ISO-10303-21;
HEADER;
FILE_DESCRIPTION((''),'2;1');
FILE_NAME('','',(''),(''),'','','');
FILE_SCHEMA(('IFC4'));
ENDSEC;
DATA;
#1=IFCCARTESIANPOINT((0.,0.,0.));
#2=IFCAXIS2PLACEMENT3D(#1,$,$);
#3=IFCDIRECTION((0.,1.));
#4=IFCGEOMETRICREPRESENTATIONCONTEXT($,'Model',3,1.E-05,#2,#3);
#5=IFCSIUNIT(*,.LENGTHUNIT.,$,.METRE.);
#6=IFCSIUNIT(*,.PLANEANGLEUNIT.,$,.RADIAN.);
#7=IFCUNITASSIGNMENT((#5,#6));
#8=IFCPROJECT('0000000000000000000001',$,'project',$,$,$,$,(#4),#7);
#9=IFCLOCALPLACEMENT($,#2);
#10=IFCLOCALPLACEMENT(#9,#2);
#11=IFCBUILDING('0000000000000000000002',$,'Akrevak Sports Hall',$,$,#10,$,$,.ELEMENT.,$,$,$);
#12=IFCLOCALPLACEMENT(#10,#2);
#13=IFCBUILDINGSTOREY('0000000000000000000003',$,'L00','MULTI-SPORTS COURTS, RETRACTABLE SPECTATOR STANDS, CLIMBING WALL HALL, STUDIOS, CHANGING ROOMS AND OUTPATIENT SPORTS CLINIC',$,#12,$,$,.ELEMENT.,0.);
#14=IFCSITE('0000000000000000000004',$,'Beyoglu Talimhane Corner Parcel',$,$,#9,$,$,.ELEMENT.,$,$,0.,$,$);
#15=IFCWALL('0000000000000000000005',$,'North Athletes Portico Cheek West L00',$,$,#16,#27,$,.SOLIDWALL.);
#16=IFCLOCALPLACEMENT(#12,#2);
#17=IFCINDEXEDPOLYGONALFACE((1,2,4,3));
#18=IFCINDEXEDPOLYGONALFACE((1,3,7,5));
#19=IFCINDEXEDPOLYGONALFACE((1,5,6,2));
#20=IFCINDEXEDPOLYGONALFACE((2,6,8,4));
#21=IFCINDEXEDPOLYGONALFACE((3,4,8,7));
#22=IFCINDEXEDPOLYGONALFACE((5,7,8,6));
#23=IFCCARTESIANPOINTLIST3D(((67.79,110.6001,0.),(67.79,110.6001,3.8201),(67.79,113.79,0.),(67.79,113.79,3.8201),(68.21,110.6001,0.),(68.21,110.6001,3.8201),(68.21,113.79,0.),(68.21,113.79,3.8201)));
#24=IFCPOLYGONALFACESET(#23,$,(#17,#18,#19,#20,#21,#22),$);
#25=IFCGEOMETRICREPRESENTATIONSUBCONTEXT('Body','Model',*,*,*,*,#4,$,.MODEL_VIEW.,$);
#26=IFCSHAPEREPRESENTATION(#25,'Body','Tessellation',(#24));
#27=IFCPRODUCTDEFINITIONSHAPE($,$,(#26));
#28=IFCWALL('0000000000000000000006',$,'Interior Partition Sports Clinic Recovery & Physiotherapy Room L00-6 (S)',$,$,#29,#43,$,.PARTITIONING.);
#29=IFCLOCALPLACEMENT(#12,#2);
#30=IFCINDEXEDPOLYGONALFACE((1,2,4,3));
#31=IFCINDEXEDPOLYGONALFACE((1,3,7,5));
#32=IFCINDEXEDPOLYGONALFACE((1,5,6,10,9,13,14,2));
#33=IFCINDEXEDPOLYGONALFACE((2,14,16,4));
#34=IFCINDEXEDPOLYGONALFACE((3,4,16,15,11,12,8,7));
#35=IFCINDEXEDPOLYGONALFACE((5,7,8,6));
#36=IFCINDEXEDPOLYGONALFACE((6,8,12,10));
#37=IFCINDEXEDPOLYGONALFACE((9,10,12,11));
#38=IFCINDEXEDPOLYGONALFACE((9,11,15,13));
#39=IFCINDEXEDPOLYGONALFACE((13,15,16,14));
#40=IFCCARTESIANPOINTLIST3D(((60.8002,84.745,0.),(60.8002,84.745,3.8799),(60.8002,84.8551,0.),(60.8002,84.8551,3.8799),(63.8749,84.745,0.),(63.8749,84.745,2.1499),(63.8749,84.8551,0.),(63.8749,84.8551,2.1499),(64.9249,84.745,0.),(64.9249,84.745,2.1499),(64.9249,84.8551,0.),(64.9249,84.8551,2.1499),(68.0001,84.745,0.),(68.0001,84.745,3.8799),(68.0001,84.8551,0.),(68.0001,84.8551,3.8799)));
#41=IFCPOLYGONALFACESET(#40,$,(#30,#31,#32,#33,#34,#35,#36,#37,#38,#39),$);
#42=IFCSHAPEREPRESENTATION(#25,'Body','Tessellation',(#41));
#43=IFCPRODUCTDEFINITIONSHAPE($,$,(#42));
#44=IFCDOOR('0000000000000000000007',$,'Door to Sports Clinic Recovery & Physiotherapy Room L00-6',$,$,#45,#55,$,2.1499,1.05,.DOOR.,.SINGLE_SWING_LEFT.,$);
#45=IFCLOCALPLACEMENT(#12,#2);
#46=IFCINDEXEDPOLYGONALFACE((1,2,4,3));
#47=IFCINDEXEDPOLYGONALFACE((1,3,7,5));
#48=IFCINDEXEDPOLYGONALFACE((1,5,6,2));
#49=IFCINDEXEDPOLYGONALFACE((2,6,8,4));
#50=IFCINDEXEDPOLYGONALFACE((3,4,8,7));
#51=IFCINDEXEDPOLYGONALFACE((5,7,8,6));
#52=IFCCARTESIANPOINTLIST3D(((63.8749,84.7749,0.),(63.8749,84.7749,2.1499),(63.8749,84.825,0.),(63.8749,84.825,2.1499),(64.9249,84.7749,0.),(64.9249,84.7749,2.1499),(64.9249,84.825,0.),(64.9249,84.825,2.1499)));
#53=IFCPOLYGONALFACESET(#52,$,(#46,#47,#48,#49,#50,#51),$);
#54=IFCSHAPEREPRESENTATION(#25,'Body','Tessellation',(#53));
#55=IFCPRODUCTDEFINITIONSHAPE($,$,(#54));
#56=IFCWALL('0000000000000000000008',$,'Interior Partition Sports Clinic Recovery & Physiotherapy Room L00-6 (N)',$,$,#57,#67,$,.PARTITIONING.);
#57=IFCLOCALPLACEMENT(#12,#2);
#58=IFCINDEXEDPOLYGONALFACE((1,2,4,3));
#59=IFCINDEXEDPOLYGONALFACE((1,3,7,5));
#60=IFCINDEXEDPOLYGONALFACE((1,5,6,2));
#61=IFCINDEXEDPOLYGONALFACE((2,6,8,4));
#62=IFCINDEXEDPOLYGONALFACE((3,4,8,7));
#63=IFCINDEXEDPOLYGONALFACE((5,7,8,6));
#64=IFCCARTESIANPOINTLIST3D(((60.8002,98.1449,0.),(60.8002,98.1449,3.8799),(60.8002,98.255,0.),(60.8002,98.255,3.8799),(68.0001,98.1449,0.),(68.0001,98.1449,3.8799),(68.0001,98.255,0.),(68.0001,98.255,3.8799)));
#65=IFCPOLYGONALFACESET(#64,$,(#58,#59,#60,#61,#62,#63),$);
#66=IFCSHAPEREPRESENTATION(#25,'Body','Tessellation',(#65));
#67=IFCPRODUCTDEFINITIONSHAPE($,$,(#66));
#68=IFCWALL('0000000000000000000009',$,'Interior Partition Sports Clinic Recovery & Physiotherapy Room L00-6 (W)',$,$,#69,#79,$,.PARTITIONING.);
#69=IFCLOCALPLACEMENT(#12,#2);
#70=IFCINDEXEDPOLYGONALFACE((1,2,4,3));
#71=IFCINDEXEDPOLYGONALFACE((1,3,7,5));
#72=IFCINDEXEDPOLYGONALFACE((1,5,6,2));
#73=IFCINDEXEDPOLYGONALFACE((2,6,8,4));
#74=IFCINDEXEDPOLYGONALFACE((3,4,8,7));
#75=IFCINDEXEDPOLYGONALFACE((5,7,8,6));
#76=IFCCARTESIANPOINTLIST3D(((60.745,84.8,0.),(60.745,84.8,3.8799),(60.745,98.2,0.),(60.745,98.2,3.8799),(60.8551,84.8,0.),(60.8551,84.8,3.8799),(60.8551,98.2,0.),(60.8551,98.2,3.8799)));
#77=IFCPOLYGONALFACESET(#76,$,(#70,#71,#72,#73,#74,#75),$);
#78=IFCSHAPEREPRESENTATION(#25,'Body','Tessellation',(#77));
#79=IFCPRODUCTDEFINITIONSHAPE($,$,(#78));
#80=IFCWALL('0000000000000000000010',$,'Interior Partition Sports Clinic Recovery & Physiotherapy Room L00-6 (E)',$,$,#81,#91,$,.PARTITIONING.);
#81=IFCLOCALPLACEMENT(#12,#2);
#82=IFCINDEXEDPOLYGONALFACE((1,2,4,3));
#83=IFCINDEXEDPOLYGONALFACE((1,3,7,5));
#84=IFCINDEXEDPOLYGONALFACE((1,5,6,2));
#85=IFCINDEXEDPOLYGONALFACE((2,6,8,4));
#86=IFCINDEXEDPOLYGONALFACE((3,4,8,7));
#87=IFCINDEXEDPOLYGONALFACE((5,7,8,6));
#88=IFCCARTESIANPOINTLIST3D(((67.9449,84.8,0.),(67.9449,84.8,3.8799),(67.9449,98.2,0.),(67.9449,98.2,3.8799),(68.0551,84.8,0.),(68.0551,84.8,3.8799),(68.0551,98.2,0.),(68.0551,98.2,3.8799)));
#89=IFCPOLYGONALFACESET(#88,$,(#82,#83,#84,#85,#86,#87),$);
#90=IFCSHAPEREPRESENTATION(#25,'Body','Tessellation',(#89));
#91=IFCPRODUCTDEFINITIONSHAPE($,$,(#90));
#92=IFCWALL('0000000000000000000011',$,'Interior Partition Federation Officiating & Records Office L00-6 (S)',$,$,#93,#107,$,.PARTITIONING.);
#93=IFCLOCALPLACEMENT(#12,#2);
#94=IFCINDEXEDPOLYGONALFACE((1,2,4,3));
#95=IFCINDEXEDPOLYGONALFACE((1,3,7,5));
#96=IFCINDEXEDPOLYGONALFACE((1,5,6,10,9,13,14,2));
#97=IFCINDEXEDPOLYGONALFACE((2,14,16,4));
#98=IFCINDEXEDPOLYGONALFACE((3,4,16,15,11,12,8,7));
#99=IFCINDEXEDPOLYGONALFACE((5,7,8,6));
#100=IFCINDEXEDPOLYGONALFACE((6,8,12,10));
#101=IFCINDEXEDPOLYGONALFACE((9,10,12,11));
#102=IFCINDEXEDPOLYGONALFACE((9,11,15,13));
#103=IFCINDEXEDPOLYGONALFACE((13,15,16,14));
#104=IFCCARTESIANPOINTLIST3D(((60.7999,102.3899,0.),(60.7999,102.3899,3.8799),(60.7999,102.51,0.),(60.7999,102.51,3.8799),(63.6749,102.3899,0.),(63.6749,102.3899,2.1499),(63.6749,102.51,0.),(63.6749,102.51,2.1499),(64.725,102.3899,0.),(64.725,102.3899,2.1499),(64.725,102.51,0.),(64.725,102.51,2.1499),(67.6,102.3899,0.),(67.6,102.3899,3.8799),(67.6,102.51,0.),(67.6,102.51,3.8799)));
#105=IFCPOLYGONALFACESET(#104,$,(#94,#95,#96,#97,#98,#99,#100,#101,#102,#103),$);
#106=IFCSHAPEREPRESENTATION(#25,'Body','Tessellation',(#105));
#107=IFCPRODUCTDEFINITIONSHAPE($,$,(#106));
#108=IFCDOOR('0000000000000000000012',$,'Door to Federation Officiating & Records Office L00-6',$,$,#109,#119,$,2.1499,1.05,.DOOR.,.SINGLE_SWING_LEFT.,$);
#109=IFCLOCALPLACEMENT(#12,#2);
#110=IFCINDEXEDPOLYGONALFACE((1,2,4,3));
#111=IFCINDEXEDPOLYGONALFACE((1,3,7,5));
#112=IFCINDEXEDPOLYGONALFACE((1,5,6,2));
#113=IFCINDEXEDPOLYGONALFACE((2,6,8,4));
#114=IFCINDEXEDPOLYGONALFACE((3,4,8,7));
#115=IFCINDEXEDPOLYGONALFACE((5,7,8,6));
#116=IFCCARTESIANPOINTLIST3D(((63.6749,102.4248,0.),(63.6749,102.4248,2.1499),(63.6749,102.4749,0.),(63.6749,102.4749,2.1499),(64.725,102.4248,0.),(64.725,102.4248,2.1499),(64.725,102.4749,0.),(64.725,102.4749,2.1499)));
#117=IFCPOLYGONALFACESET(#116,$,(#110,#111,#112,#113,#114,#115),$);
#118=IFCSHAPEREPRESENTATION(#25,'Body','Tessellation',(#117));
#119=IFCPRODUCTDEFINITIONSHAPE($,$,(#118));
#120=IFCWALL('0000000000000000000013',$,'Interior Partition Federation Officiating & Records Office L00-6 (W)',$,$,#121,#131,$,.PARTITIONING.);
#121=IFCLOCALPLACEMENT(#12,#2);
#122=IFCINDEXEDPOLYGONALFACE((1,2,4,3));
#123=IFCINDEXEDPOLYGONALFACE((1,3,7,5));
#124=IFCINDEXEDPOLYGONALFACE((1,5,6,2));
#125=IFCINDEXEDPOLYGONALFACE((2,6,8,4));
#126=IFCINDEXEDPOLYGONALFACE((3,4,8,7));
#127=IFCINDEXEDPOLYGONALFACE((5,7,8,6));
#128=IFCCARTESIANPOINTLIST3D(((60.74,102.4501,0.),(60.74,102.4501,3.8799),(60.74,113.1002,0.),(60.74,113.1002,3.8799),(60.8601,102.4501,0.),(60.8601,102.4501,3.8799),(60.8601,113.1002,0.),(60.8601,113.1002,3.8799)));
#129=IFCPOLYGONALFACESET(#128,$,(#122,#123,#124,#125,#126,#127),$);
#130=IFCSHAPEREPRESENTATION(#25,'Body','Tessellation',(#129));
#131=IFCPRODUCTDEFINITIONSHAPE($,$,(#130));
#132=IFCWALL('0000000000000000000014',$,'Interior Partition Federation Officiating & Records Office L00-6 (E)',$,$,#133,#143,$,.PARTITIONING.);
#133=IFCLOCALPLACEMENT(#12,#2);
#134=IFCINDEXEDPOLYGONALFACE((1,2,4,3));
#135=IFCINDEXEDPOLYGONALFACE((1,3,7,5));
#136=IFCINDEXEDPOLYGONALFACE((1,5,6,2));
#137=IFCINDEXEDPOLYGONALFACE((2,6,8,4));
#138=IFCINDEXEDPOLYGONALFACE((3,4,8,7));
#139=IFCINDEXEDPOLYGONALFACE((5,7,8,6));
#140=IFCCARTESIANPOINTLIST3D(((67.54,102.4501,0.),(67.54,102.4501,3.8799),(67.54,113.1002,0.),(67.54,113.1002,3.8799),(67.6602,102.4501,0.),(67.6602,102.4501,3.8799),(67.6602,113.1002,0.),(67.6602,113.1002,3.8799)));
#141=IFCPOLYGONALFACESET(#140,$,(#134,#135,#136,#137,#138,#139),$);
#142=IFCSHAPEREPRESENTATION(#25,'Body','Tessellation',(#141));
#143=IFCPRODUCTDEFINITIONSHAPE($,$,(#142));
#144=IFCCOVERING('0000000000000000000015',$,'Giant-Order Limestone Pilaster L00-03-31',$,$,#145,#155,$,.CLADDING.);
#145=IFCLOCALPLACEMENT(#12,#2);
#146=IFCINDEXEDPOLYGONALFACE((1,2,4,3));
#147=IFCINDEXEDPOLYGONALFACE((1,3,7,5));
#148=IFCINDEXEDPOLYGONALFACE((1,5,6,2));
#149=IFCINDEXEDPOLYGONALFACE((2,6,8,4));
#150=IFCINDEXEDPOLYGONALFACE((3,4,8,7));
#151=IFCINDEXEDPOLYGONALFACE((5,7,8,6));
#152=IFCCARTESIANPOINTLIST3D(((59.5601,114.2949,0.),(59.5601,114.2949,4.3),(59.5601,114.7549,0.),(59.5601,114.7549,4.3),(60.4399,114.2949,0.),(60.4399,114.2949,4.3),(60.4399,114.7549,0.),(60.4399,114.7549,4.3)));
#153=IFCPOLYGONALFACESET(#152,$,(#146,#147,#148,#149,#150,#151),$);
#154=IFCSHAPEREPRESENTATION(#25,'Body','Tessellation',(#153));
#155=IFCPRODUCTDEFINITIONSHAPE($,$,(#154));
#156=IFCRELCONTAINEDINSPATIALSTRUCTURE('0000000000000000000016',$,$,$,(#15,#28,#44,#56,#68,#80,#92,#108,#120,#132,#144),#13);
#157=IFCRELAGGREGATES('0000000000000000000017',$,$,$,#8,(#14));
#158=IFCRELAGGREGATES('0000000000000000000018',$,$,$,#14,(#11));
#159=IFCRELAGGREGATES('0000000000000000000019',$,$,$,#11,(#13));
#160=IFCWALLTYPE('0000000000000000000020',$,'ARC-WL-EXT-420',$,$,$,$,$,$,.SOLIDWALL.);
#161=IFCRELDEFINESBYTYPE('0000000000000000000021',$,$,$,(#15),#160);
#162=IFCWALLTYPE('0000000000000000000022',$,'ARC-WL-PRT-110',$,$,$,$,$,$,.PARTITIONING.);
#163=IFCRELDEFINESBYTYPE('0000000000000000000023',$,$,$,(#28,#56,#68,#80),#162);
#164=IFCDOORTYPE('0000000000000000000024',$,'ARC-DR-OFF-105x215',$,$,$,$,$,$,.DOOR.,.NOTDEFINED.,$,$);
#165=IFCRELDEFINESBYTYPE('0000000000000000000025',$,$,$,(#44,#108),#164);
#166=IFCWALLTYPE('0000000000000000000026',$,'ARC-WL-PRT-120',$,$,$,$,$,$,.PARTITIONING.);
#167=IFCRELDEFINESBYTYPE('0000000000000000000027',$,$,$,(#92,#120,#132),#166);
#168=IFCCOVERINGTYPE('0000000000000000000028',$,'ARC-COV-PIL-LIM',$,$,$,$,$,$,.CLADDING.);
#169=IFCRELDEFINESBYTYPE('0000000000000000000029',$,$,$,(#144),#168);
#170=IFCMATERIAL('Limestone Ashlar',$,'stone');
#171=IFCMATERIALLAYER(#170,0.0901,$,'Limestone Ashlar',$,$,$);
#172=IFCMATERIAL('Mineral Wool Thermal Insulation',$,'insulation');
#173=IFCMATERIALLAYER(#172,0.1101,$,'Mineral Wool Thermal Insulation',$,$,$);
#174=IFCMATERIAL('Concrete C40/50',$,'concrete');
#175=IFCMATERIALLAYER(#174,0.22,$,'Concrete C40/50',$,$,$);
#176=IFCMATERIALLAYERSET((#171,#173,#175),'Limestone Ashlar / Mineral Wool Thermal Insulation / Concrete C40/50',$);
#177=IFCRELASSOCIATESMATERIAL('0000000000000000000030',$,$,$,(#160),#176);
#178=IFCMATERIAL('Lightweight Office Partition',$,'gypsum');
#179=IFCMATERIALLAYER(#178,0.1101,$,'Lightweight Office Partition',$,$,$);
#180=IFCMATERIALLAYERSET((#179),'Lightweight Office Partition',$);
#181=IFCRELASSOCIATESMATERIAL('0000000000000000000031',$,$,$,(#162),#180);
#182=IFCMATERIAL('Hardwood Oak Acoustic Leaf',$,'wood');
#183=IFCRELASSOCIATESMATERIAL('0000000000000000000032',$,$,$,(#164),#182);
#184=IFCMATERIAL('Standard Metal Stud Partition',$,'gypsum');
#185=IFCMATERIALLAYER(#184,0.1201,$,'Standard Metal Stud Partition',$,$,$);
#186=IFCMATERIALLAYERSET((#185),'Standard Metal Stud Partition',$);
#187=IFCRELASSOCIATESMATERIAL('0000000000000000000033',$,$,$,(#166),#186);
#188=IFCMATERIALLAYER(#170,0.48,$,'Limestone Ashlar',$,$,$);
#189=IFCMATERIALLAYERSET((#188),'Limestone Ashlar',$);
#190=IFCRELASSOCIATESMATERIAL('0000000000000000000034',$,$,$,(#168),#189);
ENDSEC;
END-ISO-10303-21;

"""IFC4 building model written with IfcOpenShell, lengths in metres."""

from ifc_helpers import new_model, si_unit, direction, frame, frame_2d, origin, origin_2d, place, context, subcontext, project, spatial, rectangle, extrude, material, layer, layer_set, type_object, element, fill, save


model = new_model("IFC4")

# Units and contexts
model_context = context("Model", 3, precision=1e-05, world=origin(), true_north=direction((0.0, 1.0)))
body_context = subcontext(model_context, "Body", "Model", "MODEL_VIEW")
ifc_project = project(units=[si_unit("LENGTHUNIT", "METRE"), si_unit("PLANEANGLEUNIT", "RADIAN")], contexts=[model_context])

# Site, building, storey
site_placement = place(None, origin())
site = spatial("IfcSite", under=ifc_project, at=site_placement, Name="Beyoglu Talimhane Corner Parcel", CompositionType="ELEMENT", RefElevation=0.0)
building_placement = place(site_placement, origin())
building = spatial("IfcBuilding", under=site, at=building_placement, Name="Akrevak Sports Hall", CompositionType="ELEMENT")
storey_placement = place(building_placement, origin())
storey = spatial("IfcBuildingStorey", under=building, at=storey_placement, Name="L00", Description="MULTI-SPORTS COURTS, RETRACTABLE SPECTATOR STANDS, CLIMBING WALL HALL, STUDIOS, CHANGING ROOMS AND OUTPATIENT SPORTS CLINIC", CompositionType="ELEMENT", Elevation=0.0)

# Shared definitions
ifc_material_1 = material(Name="Concrete C40/50", Category="concrete")

# Shared definitions
ifc_material_2 = material(Name="Limestone Ashlar", Category="stone")
ifc_layer_1 = layer(ifc_material_2, 0.0901, Name="Limestone Ashlar")
ifc_material_3 = material(Name="Mineral Wool Thermal Insulation", Category="insulation")
ifc_layer_2 = layer(ifc_material_3, 0.1101, Name="Mineral Wool Thermal Insulation")
ifc_layer_3 = layer(ifc_material_1, 0.22, Name="Concrete C40/50")
ifc_layer_set_1 = layer_set([ifc_layer_1, ifc_layer_2, ifc_layer_3], Name="Limestone Ashlar / Mineral Wool Thermal Insulation / Concrete C40/50")
wall_type_1 = type_object("IfcWallType", Name="ARC-WL-EXT-420", PredefinedType="SOLIDWALL", material=ifc_layer_set_1)

# Wall
wall_1_placement = place(storey_placement, frame((68.0, 110.6001, 0.0), z_axis=(0.0, 0.0, 1.0), x_axis=(0.0, 1.0, 0.0)))
element("IfcWall", 1, at=wall_1_placement, inside=storey, type_object=wall_type_1, Name="North Athletes Portico Cheek West L00", PredefinedType="SOLIDWALL", context=body_context, shape_type="SweptSolid", body=[
    extrude(rectangle(XDim=3.1899, YDim=0.4199, at=frame_2d((1.595, 0.0))), origin(), (0.0, 0.0, 1.0), 3.8201),
])

# Wall, opening, door
ifc_material_4 = material(Name="Lightweight Office Partition", Category="gypsum")
ifc_layer_4 = layer(ifc_material_4, 0.1101, Name="Lightweight Office Partition")
ifc_layer_set_2 = layer_set([ifc_layer_4], Name="Lightweight Office Partition")
wall_type_2 = type_object("IfcWallType", Name="ARC-WL-PRT-110", PredefinedType="PARTITIONING", material=ifc_layer_set_2)
wall_2_placement = place(storey_placement, frame((60.8, 84.8, 0.0), z_axis=(0.0, 0.0, 1.0), x_axis=(1.0, 0.0, 0.0)))
wall_2 = element("IfcWall", 2, at=wall_2_placement, inside=storey, type_object=wall_type_2, Name="Interior Partition Sports Clinic Recovery & Physiotherapy Room L00-6 (S)", PredefinedType="PARTITIONING", context=body_context, shape_type="SweptSolid", body=[
    extrude(rectangle(XDim=7.2, YDim=0.1101, at=frame_2d((3.6001, 0.0))), origin(), (0.0, 0.0, 1.0), 3.8799),
])
opening_1_placement = place(wall_2_placement, frame((3.075, 0.0, 0.0)))
opening_1 = element("IfcOpeningElement", 3, at=opening_1_placement, cuts=wall_2, PredefinedType="OPENING", context=body_context, shape_type="SweptSolid", body=[
    extrude(rectangle(XDim=1.05, YDim=2.1499, at=frame_2d((0.5249, 1.075))), frame((0.0, 0.0669, 0.0), z_axis=(0.0, -1.0, 0.0), x_axis=(1.0, 0.0, 0.0)), (0.0, 0.0, 1.0), 0.134),
])
ifc_material_5 = material(Name="Hardwood Oak Acoustic Leaf", Category="wood")
door_type = type_object("IfcDoorType", Name="ARC-DR-OFF-105x215", OperationType="NOTDEFINED", PredefinedType="DOOR", material=ifc_material_5)
door_1_placement = place(opening_1_placement, origin())
door_1 = element("IfcDoor", 4, at=door_1_placement, inside=storey, type_object=door_type, Name="Door to Sports Clinic Recovery & Physiotherapy Room L00-6", OperationType="SINGLE_SWING_LEFT", OverallHeight=2.1499, OverallWidth=1.05, PredefinedType="DOOR", context=body_context, shape_type="SweptSolid", body=[
    extrude(rectangle(XDim=1.05, YDim=2.1499, at=frame_2d((0.5249, 1.075))), frame((0.0, 0.0249, 0.0), z_axis=(0.0, -1.0, 0.0), x_axis=(1.0, 0.0, 0.0)), (0.0, 0.0, 1.0), 0.05),
])
fill(opening_1, door_1)

# Walls
wall_3_placement = place(storey_placement, frame((60.8, 98.2, 0.0), z_axis=(0.0, 0.0, 1.0), x_axis=(1.0, 0.0, 0.0)))
element("IfcWall", 5, at=wall_3_placement, inside=storey, type_object=wall_type_2, Name="Interior Partition Sports Clinic Recovery & Physiotherapy Room L00-6 (N)", PredefinedType="PARTITIONING", context=body_context, shape_type="SweptSolid", body=[
    extrude(rectangle(XDim=7.2, YDim=0.1101, at=frame_2d((3.6001, 0.0))), origin(), (0.0, 0.0, 1.0), 3.8799),
])
for number, where, z_axis, x_axis, name in (
    (6, (60.8, 84.8, 0.0), (0.0, 0.0, 1.0), (0.0, 1.0, 0.0), "Interior Partition Sports Clinic Recovery & Physiotherapy Room L00-6 (W)"),
    (7, (68.0, 84.8, 0.0), (0.0, 0.0, 1.0), (0.0, 1.0, 0.0), "Interior Partition Sports Clinic Recovery & Physiotherapy Room L00-6 (E)"),
):
    element("IfcWall", number, at=place(storey_placement, frame(where, z_axis=z_axis, x_axis=x_axis)), inside=storey, type_object=wall_type_2, Name=name, PredefinedType="PARTITIONING", context=body_context, shape_type="SweptSolid", body=[
        extrude(rectangle(XDim=13.3999, YDim=0.1101, at=frame_2d((6.7, 0.0))), origin(), (0.0, 0.0, 1.0), 3.8799),
    ])

# Wall, opening, door
ifc_material_6 = material(Name="Standard Metal Stud Partition", Category="gypsum")
ifc_layer_5 = layer(ifc_material_6, 0.1201, Name="Standard Metal Stud Partition")
ifc_layer_set_3 = layer_set([ifc_layer_5], Name="Standard Metal Stud Partition")
wall_type_3 = type_object("IfcWallType", Name="ARC-WL-PRT-120", PredefinedType="PARTITIONING", material=ifc_layer_set_3)
wall_4_placement = place(storey_placement, frame((60.8, 102.45, 0.0), z_axis=(0.0, 0.0, 1.0), x_axis=(1.0, 0.0, 0.0)))
wall_4 = element("IfcWall", 8, at=wall_4_placement, inside=storey, type_object=wall_type_3, Name="Interior Partition Federation Officiating & Records Office L00-6 (S)", PredefinedType="PARTITIONING", context=body_context, shape_type="SweptSolid", body=[
    extrude(rectangle(XDim=6.8, YDim=0.1201, at=frame_2d((3.3999, 0.0))), origin(), (0.0, 0.0, 1.0), 3.8799),
])
opening_2_placement = place(wall_4_placement, frame((2.875, 0.0, 0.0)))
opening_2 = element("IfcOpeningElement", 9, at=opening_2_placement, cuts=wall_4, PredefinedType="OPENING", context=body_context, shape_type="SweptSolid", body=[
    extrude(rectangle(XDim=1.05, YDim=2.1499, at=frame_2d((0.5249, 1.075))), frame((0.0, 0.072, 0.0), z_axis=(0.0, -1.0, 0.0), x_axis=(1.0, 0.0, 0.0)), (0.0, 0.0, 1.0), 0.144),
])
door_2_placement = place(opening_2_placement, origin())
door_2 = element("IfcDoor", 10, at=door_2_placement, inside=storey, type_object=door_type, Name="Door to Federation Officiating & Records Office L00-6", OperationType="SINGLE_SWING_LEFT", OverallHeight=2.1499, OverallWidth=1.05, PredefinedType="DOOR", context=body_context, shape_type="SweptSolid", body=[
    extrude(rectangle(XDim=1.05, YDim=2.1499, at=frame_2d((0.5249, 1.075))), frame((0.0, 0.0249, 0.0), z_axis=(0.0, -1.0, 0.0), x_axis=(1.0, 0.0, 0.0)), (0.0, 0.0, 1.0), 0.05),
])
fill(opening_2, door_2)

# Walls
for number, where, z_axis, x_axis, name in (
    (11, (60.8, 102.45, 0.0), (0.0, 0.0, 1.0), (0.0, 1.0, 0.0), "Interior Partition Federation Officiating & Records Office L00-6 (W)"),
    (12, (67.6001, 102.45, 0.0), (0.0, 0.0, 1.0), (0.0, 1.0, 0.0), "Interior Partition Federation Officiating & Records Office L00-6 (E)"),
):
    element("IfcWall", number, at=place(storey_placement, frame(where, z_axis=z_axis, x_axis=x_axis)), inside=storey, type_object=wall_type_3, Name=name, PredefinedType="PARTITIONING", context=body_context, shape_type="SweptSolid", body=[
        extrude(rectangle(XDim=10.6501, YDim=0.1201, at=frame_2d((5.3252, 0.0))), origin(), (0.0, 0.0, 1.0), 3.8799),
    ])

# Covering
ifc_layer_6 = layer(ifc_material_2, 0.48, Name="Limestone Ashlar")
ifc_layer_set_4 = layer_set([ifc_layer_6], Name="Limestone Ashlar")
covering_type = type_object("IfcCoveringType", Name="ARC-COV-PIL-LIM", PredefinedType="CLADDING", material=ifc_layer_set_4)
covering_placement = place(storey_placement, frame((60.0, 114.5249, 0.0), z_axis=(0.0, 0.0, 1.0), x_axis=(-1.0, 0.0, 0.0)))
element("IfcCovering", 13, at=covering_placement, inside=storey, type_object=covering_type, Name="Giant-Order Limestone Pilaster L00-03-31", PredefinedType="CLADDING", context=body_context, shape_type="SweptSolid", body=[
    extrude(rectangle(XDim=0.8799, YDim=0.46, at=origin_2d()), origin(), (0.0, 0.0, 1.0), 4.3),
])

save(model, "model.ifc")
